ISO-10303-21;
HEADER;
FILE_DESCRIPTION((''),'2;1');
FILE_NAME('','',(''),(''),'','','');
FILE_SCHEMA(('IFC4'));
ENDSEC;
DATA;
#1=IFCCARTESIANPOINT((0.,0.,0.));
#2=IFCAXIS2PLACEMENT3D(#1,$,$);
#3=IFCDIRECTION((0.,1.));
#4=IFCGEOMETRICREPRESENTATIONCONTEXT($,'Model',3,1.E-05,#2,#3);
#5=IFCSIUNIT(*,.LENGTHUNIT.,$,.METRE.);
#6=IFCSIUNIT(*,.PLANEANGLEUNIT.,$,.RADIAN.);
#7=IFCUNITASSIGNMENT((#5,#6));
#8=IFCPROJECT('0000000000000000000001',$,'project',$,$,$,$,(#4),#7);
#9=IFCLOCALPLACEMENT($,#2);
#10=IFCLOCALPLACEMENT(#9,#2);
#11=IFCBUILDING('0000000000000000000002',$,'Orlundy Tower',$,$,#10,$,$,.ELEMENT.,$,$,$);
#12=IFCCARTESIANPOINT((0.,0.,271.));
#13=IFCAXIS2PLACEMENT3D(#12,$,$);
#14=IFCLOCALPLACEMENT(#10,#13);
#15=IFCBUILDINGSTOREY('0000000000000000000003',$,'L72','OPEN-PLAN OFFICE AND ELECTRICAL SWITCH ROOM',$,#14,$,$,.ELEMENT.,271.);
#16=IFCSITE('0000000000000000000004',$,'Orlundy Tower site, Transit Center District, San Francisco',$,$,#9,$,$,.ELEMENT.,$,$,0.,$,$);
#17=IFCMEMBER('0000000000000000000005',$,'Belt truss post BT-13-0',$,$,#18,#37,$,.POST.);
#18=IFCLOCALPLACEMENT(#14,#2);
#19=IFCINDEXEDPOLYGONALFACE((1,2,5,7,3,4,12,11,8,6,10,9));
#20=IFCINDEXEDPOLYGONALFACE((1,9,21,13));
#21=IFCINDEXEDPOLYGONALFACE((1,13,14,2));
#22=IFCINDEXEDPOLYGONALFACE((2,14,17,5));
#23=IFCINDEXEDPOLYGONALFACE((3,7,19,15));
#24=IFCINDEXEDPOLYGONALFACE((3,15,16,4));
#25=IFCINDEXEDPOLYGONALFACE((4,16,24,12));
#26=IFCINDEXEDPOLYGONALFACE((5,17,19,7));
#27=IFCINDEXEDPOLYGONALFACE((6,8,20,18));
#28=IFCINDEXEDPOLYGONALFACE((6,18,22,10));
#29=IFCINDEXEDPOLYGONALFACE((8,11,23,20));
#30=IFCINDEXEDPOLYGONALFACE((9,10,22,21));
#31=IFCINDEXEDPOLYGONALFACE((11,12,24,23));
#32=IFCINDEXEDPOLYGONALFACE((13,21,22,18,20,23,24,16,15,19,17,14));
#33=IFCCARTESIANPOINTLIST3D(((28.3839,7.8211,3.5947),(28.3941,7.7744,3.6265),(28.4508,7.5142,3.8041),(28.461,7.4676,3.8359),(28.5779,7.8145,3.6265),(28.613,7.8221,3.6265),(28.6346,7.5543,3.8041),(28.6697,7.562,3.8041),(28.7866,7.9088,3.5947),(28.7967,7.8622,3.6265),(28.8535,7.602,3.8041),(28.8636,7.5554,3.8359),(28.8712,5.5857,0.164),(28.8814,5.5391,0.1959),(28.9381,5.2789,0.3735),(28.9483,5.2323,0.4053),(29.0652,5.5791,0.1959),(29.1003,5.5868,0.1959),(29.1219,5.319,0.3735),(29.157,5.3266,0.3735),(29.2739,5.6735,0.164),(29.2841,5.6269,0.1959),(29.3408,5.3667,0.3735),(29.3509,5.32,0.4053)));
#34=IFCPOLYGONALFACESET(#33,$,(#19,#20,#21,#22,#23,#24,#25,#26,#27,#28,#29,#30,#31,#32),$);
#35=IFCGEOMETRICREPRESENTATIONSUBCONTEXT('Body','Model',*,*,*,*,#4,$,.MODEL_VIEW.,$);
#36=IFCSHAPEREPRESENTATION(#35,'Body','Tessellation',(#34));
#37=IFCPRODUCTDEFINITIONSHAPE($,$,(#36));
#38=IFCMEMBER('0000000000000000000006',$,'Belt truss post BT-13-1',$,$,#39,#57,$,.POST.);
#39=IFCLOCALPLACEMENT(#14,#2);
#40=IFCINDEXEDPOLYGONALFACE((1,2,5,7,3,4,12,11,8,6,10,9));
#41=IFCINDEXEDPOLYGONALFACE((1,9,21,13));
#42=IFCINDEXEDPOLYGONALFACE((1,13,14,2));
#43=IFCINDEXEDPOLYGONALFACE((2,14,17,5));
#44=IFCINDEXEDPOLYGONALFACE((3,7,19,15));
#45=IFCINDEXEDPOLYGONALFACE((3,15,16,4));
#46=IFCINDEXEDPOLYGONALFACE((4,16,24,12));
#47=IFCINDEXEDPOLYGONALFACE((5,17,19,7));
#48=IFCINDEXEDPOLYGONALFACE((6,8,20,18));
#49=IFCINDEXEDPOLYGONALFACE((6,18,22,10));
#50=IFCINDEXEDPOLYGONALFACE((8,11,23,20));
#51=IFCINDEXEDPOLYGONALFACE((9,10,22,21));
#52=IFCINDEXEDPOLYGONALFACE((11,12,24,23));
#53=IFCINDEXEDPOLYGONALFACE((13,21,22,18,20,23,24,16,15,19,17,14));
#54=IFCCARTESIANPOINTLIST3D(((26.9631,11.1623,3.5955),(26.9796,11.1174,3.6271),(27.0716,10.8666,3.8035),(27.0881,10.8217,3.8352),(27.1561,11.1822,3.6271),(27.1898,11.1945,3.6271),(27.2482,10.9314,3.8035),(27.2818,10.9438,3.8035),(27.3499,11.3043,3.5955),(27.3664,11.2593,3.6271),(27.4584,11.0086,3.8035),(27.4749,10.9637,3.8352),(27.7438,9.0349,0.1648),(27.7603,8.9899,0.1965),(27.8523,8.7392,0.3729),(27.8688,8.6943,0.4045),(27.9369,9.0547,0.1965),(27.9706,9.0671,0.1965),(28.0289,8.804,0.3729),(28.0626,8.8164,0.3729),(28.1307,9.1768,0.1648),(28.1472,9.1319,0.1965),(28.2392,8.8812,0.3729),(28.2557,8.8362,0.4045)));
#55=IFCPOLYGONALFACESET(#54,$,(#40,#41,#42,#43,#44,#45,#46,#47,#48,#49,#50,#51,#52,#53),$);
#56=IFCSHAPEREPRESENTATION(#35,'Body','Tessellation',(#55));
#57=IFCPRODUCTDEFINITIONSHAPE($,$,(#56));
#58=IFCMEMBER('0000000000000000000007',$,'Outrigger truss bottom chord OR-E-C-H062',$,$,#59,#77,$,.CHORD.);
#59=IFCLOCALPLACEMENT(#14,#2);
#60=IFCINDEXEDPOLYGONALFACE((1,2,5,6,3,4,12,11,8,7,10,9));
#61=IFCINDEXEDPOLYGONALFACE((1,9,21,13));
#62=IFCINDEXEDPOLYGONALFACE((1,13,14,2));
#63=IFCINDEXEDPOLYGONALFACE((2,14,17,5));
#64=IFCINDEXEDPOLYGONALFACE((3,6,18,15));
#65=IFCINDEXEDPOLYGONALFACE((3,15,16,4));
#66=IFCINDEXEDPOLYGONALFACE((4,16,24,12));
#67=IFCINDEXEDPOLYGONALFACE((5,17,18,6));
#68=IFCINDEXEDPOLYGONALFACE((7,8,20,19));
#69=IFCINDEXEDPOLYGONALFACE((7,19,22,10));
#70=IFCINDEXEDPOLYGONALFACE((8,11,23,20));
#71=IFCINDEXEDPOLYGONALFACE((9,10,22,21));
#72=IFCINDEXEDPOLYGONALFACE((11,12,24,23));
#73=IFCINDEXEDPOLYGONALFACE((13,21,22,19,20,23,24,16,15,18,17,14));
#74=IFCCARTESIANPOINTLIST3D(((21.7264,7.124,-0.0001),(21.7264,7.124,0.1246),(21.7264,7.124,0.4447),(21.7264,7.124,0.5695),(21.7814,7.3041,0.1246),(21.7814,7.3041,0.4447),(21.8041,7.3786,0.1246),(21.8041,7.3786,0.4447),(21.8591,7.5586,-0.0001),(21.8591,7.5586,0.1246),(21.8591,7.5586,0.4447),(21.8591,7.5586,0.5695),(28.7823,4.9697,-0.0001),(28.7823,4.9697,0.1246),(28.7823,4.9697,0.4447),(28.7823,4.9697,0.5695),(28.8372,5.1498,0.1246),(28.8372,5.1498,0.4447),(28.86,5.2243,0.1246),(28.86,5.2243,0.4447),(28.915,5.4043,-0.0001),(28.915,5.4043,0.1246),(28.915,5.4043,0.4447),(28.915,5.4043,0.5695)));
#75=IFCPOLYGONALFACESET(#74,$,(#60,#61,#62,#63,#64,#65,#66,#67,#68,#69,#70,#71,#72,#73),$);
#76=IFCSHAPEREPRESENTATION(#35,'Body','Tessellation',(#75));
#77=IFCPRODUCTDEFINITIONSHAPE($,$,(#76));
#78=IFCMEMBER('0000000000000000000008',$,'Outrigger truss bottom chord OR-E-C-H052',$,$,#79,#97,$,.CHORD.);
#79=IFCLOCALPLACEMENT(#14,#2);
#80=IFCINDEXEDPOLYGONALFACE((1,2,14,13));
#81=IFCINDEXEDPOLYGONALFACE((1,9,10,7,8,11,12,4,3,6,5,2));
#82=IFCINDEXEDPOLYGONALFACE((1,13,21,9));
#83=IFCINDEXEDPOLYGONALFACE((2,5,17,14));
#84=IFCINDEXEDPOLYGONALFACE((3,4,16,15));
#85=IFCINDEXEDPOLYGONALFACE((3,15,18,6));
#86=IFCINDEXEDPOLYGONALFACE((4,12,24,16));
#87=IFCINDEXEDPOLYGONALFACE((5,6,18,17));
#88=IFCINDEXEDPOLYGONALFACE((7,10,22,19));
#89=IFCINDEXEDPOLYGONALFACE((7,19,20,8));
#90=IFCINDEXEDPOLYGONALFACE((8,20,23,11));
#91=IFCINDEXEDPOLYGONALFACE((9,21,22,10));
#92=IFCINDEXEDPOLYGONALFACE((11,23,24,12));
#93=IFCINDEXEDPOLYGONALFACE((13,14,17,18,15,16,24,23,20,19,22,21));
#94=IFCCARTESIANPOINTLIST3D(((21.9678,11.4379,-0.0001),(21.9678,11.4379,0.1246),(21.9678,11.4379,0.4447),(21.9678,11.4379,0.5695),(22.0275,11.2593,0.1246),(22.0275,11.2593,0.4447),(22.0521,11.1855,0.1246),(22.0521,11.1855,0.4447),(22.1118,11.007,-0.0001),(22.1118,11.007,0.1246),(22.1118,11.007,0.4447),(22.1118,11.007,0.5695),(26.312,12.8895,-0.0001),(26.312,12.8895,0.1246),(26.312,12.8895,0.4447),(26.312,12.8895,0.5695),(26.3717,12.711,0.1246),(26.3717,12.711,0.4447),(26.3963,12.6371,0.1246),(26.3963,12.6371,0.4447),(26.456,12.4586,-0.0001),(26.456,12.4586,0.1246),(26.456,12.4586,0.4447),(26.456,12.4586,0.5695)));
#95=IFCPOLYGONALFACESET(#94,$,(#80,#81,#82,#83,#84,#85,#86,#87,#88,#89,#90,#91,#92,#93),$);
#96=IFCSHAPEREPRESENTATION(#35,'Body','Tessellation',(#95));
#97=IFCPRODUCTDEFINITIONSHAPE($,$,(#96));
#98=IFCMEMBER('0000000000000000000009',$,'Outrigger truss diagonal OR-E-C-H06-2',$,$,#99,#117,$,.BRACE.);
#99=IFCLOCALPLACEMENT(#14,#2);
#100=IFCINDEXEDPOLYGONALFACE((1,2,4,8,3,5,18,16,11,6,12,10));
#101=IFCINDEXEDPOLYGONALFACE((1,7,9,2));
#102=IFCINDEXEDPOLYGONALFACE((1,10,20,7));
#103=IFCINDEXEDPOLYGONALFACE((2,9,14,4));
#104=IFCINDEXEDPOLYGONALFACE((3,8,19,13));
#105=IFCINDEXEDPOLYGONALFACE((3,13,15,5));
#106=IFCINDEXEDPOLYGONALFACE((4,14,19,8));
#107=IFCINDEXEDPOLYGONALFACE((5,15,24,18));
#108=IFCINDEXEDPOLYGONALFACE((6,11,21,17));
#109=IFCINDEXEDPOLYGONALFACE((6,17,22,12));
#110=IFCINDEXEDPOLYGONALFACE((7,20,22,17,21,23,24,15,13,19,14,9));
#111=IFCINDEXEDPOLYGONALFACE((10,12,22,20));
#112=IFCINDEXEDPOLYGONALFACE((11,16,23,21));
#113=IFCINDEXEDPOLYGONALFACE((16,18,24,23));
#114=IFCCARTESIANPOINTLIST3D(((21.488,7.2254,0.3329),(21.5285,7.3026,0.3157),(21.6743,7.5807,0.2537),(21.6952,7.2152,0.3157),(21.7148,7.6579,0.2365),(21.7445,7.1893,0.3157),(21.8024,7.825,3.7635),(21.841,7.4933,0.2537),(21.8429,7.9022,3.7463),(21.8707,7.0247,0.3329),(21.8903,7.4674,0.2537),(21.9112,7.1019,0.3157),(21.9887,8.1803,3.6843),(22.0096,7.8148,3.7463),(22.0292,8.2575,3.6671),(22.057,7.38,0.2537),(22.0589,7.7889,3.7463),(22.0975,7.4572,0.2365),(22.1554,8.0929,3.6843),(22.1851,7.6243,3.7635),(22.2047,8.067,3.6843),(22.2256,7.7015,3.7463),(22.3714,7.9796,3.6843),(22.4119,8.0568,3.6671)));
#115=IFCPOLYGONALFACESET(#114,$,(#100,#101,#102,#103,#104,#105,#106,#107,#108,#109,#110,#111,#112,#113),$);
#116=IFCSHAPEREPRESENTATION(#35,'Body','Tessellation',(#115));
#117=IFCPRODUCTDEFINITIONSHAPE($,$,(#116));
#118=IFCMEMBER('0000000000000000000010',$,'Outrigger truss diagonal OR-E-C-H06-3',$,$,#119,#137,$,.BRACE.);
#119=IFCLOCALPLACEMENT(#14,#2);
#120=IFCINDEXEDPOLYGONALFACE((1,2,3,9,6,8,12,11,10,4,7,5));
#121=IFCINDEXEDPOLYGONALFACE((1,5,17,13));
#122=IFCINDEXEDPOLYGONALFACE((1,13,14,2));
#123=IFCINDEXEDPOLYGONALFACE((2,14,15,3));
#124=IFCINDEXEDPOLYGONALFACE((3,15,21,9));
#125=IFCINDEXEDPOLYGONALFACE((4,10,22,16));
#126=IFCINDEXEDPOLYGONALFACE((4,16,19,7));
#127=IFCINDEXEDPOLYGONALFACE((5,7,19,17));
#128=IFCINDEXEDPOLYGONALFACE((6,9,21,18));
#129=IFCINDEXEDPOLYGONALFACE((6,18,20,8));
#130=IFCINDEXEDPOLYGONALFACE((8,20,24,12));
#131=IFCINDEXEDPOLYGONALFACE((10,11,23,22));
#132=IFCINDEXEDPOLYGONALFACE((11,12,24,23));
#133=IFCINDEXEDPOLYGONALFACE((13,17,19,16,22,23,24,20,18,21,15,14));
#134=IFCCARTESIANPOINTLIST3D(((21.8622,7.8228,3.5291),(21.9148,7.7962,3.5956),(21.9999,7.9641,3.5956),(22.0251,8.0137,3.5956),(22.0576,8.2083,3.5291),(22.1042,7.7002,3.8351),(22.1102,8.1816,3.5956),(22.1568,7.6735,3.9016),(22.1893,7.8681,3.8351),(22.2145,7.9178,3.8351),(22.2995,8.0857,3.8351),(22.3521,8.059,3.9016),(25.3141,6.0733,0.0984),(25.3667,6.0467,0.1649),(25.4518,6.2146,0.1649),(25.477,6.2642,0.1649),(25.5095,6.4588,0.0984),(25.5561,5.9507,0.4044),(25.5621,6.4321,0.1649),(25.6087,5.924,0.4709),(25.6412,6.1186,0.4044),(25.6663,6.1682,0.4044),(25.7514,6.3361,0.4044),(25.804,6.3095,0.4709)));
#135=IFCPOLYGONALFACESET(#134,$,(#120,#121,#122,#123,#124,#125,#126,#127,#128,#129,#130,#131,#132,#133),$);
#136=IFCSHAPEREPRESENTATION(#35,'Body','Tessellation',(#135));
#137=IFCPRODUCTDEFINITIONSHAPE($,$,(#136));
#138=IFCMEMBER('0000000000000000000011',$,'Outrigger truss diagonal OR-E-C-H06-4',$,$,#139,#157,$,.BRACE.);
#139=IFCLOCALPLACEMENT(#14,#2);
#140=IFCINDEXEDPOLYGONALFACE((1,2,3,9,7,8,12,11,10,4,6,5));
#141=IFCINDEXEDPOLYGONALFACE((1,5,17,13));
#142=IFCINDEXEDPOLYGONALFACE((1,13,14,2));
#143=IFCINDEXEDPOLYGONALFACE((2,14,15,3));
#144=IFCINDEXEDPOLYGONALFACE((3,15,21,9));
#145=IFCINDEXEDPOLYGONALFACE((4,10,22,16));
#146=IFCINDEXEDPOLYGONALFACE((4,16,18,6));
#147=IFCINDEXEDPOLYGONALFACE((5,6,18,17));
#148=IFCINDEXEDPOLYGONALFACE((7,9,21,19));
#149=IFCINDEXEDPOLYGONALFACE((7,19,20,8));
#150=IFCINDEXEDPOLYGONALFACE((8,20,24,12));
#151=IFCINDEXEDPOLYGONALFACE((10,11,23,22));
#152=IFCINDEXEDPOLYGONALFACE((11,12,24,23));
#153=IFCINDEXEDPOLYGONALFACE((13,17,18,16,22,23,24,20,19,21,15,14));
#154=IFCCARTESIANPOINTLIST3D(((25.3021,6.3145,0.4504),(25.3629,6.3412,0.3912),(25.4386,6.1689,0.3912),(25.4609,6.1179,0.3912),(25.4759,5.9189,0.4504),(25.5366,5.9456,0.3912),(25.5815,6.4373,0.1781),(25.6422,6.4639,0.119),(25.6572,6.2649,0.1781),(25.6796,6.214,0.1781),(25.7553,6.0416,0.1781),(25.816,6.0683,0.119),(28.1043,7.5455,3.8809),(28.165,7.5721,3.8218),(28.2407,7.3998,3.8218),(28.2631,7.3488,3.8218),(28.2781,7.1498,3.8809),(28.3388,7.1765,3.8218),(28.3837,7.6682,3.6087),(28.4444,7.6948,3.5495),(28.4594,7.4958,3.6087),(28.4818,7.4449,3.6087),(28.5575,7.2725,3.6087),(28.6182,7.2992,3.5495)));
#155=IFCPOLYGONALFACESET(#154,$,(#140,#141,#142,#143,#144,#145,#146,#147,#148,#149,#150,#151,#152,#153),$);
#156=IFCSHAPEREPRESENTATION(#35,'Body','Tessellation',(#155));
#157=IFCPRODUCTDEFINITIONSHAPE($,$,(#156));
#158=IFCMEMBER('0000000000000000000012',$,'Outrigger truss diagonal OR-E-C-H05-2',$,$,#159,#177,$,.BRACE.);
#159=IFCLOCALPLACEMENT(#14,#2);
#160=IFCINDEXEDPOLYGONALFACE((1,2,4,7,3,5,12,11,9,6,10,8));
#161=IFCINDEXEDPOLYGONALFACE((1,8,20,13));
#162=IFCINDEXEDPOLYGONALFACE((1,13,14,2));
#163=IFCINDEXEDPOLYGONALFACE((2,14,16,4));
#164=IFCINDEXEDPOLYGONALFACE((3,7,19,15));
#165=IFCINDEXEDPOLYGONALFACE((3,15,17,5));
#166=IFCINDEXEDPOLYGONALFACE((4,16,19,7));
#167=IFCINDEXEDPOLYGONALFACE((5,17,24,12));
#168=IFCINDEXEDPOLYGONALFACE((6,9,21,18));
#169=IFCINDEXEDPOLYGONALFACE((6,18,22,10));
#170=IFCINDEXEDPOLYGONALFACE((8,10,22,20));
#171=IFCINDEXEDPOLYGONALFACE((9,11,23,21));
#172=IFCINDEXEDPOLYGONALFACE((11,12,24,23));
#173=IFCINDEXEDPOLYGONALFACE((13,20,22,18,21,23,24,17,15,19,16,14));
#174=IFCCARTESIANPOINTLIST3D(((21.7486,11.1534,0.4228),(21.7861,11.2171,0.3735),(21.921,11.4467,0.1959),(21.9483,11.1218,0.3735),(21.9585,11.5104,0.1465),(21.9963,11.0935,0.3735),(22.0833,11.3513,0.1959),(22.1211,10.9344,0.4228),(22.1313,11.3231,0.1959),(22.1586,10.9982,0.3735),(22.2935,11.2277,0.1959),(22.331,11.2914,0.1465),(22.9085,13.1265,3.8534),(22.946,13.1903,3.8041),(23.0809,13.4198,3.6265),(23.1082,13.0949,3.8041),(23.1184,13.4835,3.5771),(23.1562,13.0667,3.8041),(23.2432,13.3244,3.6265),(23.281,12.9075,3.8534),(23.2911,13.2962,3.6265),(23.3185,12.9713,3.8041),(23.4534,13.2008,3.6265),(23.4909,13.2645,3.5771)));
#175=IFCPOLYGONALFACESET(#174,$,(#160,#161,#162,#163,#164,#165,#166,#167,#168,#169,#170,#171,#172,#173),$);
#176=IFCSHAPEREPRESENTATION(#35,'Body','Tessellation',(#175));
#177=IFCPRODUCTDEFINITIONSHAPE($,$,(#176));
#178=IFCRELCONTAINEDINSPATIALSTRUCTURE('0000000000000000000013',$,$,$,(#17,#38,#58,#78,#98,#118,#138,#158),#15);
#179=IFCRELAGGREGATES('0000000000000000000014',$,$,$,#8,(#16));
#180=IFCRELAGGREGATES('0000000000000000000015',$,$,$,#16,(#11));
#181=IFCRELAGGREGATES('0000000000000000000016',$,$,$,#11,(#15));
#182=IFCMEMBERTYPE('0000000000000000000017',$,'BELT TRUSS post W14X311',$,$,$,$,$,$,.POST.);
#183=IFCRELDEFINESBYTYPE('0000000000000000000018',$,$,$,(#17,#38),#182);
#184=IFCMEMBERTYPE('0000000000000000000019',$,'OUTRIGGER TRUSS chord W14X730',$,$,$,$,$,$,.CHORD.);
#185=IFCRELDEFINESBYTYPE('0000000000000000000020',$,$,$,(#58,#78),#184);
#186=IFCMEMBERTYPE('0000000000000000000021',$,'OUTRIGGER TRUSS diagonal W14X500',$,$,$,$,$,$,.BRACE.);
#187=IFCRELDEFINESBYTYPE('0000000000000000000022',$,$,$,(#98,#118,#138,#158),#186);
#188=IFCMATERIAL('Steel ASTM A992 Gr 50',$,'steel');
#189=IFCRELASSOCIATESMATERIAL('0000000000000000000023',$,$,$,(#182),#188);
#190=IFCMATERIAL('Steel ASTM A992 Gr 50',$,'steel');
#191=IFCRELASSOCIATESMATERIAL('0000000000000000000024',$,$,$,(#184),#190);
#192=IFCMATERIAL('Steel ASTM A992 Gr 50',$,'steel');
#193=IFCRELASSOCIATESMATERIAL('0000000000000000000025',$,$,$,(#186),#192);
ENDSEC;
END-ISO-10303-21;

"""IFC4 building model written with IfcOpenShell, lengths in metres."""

from ifc_helpers import new_model, si_unit, direction, frame, origin, origin_2d, place, context, subcontext, project, spatial, i_section, extrude, material, material_profile, profile_set, type_object, element, save


model = new_model("IFC4")

# Units and contexts
model_context = context("Model", 3, precision=1e-05, world=origin(), true_north=direction((0.0, 1.0)))
body_context = subcontext(model_context, "Body", "Model", "MODEL_VIEW")
ifc_project = project(units=[si_unit("LENGTHUNIT", "METRE"), si_unit("PLANEANGLEUNIT", "RADIAN")], contexts=[model_context])

# Site, building, storey
site_placement = place(None, origin())
site = spatial("IfcSite", under=ifc_project, at=site_placement, Name="Orlundy Tower site, Transit Center District, San Francisco", CompositionType="ELEMENT", RefElevation=0.0)
building_placement = place(site_placement, origin())
building = spatial("IfcBuilding", under=site, at=building_placement, Name="Orlundy Tower", CompositionType="ELEMENT")
storey_placement = place(building_placement, frame((0.0, 0.0, 271.0)))
storey = spatial("IfcBuildingStorey", under=building, at=storey_placement, Name="L72", Description="OPEN-PLAN OFFICE AND ELECTRICAL SWITCH ROOM", CompositionType="ELEMENT", Elevation=271.0)

# Members
ifc_material_1 = material(Name="Steel ASTM A992 Gr 50", Category="steel")
ifc_material_profile_1 = material_profile(ifc_material_1, i_section(OverallWidth=0.4121, OverallDepth=0.4348, WebThickness=0.0359, FlangeThickness=0.0574, at=origin_2d()), Name="W14X311")
ifc_profile_set_1 = profile_set([ifc_material_profile_1], Name="Steel ASTM A992 Gr 50")
member_type_1 = type_object("IfcMemberType", Name="BELT TRUSS post W14X311", PredefinedType="POST", material=ifc_profile_set_1)
for number, where, z_axis, x_axis, name in (
    (1, (29.1111, 5.4529, 0.2847), (-0.118176, 0.542093, 0.831967), (-0.977053, -0.212997, 0.0), "Belt truss post BT-13-0"),
):
    element("IfcMember", number, at=place(storey_placement, frame(where, z_axis=z_axis, x_axis=x_axis)), inside=storey, type_object=member_type_1, Name=name, PredefinedType="POST", context=body_context, shape_type="SweptSolid", body=[
        extrude(i_section(OverallWidth=0.4121, OverallDepth=0.4348, WebThickness=0.0359, FlangeThickness=0.0574, at=origin_2d()), origin(), (0.0, 0.0, 1.0), 4.1235),
    ])
member_1_placement = place(storey_placement, frame((27.9998, 8.9355, 0.2847), z_axis=(-0.189894, 0.517427, 0.834392), x_axis=(-0.938776, -0.344527, 0.0)))
element("IfcMember", 2, at=member_1_placement, inside=storey, type_object=member_type_1, Name="Belt truss post BT-13-1", PredefinedType="POST", context=body_context, shape_type="SweptSolid", body=[
    extrude(i_section(OverallWidth=0.4121, OverallDepth=0.4348, WebThickness=0.0359, FlangeThickness=0.0574, at=origin_2d()), origin(), (0.0, 0.0, 1.0), 4.1116),
])
ifc_material_2 = material(Name="Steel ASTM A992 Gr 50", Category="steel")
ifc_material_profile_2 = material_profile(ifc_material_2, i_section(OverallWidth=0.4543, OverallDepth=0.5696, WebThickness=0.0779, FlangeThickness=0.1248, at=origin_2d()), Name="W14X730")
ifc_profile_set_2 = profile_set([ifc_material_profile_2], Name="Steel ASTM A992 Gr 50")
member_type_2 = type_object("IfcMemberType", Name="OUTRIGGER TRUSS chord W14X730", PredefinedType="CHORD", material=ifc_profile_set_2)
member_2_placement = place(storey_placement, frame((21.7927, 7.3413, 0.2847), z_axis=(0.956415, -0.292011, 0.0), x_axis=(0.292011, 0.956415, 0.0)))
element("IfcMember", 3, at=member_2_placement, inside=storey, type_object=member_type_2, Name="Outrigger truss bottom chord OR-E-C-H062", PredefinedType="CHORD", context=body_context, shape_type="SweptSolid", body=[
    extrude(i_section(OverallWidth=0.4543, OverallDepth=0.5696, WebThickness=0.0779, FlangeThickness=0.1248, at=origin_2d()), origin(), (0.0, 0.0, 1.0), 7.3774),
])
member_3_placement = place(storey_placement, frame((22.0398, 11.2224, 0.2847), z_axis=(0.948449, 0.316931, 0.0), x_axis=(-0.316931, 0.948449, 0.0)))
element("IfcMember", 4, at=member_3_placement, inside=storey, type_object=member_type_2, Name="Outrigger truss bottom chord OR-E-C-H052", PredefinedType="CHORD", context=body_context, shape_type="SweptSolid", body=[
    extrude(i_section(OverallWidth=0.4543, OverallDepth=0.5696, WebThickness=0.0779, FlangeThickness=0.1248, at=origin_2d()), origin(), (0.0, 0.0, 1.0), 4.5803),
])
ifc_material_3 = material(Name="Steel ASTM A992 Gr 50", Category="steel")
ifc_material_profile_3 = material_profile(ifc_material_3, i_section(OverallWidth=0.4321, OverallDepth=0.4978, WebThickness=0.0557, FlangeThickness=0.0889, at=origin_2d()), Name="W14X500")
ifc_profile_set_3 = profile_set([ifc_material_profile_3], Name="Steel ASTM A992 Gr 50")
member_type_3 = type_object("IfcMemberType", Name="OUTRIGGER TRUSS diagonal W14X500", PredefinedType="BRACE", material=ifc_profile_set_3)
member_4_placement = place(storey_placement, frame((21.7927, 7.3413, 0.2847), z_axis=(0.089925, 0.171472, 0.981076), x_axis=(-0.885606, 0.464438, 0.0)))
element("IfcMember", 5, at=member_4_placement, inside=storey, type_object=member_type_3, Name="Outrigger truss diagonal OR-E-C-H06-2", PredefinedType="BRACE", context=body_context, shape_type="SweptSolid", body=[
    extrude(i_section(OverallWidth=0.4321, OverallDepth=0.4978, WebThickness=0.0557, FlangeThickness=0.0889, at=origin_2d()), origin(), (0.0, 0.0, 1.0), 3.4968),
])
member_5_placement = place(storey_placement, frame((22.1072, 7.9409, 3.7153), z_axis=(0.667468, -0.338289, -0.663361), x_axis=(0.452077, 0.891979, 0.0)))
element("IfcMember", 6, at=member_5_placement, inside=storey, type_object=member_type_3, Name="Outrigger truss diagonal OR-E-C-H06-3", PredefinedType="BRACE", context=body_context, shape_type="SweptSolid", body=[
    extrude(i_section(OverallWidth=0.4321, OverallDepth=0.4978, WebThickness=0.0557, FlangeThickness=0.0889, at=origin_2d()), origin(), (0.0, 0.0, 1.0), 5.1716),
])
member_6_placement = place(storey_placement, frame((25.5591, 6.1914, 0.2847), z_axis=(0.609511, 0.267743, 0.746197), x_axis=(-0.402183, 0.91556, 0.0)))
element("IfcMember", 7, at=member_6_placement, inside=storey, type_object=member_type_3, Name="Outrigger truss diagonal OR-E-C-H06-4", PredefinedType="BRACE", context=body_context, shape_type="SweptSolid", body=[
    extrude(i_section(OverallWidth=0.4321, OverallDepth=0.4978, WebThickness=0.0557, FlangeThickness=0.0889, at=origin_2d()), origin(), (0.0, 0.0, 1.0), 4.5974),
])
member_7_placement = place(storey_placement, frame((22.0398, 11.2224, 0.2847), z_axis=(0.281253, 0.478443, 0.831859), x_axis=(-0.86208, 0.506773, 0.0)))
element("IfcMember", 8, at=member_7_placement, inside=storey, type_object=member_type_3, Name="Outrigger truss diagonal OR-E-C-H05-2", PredefinedType="BRACE", context=body_context, shape_type="SweptSolid", body=[
    extrude(i_section(OverallWidth=0.4321, OverallDepth=0.4978, WebThickness=0.0557, FlangeThickness=0.0889, at=origin_2d()), origin(), (0.0, 0.0, 1.0), 4.124),
])

save(model, "model.ifc")
